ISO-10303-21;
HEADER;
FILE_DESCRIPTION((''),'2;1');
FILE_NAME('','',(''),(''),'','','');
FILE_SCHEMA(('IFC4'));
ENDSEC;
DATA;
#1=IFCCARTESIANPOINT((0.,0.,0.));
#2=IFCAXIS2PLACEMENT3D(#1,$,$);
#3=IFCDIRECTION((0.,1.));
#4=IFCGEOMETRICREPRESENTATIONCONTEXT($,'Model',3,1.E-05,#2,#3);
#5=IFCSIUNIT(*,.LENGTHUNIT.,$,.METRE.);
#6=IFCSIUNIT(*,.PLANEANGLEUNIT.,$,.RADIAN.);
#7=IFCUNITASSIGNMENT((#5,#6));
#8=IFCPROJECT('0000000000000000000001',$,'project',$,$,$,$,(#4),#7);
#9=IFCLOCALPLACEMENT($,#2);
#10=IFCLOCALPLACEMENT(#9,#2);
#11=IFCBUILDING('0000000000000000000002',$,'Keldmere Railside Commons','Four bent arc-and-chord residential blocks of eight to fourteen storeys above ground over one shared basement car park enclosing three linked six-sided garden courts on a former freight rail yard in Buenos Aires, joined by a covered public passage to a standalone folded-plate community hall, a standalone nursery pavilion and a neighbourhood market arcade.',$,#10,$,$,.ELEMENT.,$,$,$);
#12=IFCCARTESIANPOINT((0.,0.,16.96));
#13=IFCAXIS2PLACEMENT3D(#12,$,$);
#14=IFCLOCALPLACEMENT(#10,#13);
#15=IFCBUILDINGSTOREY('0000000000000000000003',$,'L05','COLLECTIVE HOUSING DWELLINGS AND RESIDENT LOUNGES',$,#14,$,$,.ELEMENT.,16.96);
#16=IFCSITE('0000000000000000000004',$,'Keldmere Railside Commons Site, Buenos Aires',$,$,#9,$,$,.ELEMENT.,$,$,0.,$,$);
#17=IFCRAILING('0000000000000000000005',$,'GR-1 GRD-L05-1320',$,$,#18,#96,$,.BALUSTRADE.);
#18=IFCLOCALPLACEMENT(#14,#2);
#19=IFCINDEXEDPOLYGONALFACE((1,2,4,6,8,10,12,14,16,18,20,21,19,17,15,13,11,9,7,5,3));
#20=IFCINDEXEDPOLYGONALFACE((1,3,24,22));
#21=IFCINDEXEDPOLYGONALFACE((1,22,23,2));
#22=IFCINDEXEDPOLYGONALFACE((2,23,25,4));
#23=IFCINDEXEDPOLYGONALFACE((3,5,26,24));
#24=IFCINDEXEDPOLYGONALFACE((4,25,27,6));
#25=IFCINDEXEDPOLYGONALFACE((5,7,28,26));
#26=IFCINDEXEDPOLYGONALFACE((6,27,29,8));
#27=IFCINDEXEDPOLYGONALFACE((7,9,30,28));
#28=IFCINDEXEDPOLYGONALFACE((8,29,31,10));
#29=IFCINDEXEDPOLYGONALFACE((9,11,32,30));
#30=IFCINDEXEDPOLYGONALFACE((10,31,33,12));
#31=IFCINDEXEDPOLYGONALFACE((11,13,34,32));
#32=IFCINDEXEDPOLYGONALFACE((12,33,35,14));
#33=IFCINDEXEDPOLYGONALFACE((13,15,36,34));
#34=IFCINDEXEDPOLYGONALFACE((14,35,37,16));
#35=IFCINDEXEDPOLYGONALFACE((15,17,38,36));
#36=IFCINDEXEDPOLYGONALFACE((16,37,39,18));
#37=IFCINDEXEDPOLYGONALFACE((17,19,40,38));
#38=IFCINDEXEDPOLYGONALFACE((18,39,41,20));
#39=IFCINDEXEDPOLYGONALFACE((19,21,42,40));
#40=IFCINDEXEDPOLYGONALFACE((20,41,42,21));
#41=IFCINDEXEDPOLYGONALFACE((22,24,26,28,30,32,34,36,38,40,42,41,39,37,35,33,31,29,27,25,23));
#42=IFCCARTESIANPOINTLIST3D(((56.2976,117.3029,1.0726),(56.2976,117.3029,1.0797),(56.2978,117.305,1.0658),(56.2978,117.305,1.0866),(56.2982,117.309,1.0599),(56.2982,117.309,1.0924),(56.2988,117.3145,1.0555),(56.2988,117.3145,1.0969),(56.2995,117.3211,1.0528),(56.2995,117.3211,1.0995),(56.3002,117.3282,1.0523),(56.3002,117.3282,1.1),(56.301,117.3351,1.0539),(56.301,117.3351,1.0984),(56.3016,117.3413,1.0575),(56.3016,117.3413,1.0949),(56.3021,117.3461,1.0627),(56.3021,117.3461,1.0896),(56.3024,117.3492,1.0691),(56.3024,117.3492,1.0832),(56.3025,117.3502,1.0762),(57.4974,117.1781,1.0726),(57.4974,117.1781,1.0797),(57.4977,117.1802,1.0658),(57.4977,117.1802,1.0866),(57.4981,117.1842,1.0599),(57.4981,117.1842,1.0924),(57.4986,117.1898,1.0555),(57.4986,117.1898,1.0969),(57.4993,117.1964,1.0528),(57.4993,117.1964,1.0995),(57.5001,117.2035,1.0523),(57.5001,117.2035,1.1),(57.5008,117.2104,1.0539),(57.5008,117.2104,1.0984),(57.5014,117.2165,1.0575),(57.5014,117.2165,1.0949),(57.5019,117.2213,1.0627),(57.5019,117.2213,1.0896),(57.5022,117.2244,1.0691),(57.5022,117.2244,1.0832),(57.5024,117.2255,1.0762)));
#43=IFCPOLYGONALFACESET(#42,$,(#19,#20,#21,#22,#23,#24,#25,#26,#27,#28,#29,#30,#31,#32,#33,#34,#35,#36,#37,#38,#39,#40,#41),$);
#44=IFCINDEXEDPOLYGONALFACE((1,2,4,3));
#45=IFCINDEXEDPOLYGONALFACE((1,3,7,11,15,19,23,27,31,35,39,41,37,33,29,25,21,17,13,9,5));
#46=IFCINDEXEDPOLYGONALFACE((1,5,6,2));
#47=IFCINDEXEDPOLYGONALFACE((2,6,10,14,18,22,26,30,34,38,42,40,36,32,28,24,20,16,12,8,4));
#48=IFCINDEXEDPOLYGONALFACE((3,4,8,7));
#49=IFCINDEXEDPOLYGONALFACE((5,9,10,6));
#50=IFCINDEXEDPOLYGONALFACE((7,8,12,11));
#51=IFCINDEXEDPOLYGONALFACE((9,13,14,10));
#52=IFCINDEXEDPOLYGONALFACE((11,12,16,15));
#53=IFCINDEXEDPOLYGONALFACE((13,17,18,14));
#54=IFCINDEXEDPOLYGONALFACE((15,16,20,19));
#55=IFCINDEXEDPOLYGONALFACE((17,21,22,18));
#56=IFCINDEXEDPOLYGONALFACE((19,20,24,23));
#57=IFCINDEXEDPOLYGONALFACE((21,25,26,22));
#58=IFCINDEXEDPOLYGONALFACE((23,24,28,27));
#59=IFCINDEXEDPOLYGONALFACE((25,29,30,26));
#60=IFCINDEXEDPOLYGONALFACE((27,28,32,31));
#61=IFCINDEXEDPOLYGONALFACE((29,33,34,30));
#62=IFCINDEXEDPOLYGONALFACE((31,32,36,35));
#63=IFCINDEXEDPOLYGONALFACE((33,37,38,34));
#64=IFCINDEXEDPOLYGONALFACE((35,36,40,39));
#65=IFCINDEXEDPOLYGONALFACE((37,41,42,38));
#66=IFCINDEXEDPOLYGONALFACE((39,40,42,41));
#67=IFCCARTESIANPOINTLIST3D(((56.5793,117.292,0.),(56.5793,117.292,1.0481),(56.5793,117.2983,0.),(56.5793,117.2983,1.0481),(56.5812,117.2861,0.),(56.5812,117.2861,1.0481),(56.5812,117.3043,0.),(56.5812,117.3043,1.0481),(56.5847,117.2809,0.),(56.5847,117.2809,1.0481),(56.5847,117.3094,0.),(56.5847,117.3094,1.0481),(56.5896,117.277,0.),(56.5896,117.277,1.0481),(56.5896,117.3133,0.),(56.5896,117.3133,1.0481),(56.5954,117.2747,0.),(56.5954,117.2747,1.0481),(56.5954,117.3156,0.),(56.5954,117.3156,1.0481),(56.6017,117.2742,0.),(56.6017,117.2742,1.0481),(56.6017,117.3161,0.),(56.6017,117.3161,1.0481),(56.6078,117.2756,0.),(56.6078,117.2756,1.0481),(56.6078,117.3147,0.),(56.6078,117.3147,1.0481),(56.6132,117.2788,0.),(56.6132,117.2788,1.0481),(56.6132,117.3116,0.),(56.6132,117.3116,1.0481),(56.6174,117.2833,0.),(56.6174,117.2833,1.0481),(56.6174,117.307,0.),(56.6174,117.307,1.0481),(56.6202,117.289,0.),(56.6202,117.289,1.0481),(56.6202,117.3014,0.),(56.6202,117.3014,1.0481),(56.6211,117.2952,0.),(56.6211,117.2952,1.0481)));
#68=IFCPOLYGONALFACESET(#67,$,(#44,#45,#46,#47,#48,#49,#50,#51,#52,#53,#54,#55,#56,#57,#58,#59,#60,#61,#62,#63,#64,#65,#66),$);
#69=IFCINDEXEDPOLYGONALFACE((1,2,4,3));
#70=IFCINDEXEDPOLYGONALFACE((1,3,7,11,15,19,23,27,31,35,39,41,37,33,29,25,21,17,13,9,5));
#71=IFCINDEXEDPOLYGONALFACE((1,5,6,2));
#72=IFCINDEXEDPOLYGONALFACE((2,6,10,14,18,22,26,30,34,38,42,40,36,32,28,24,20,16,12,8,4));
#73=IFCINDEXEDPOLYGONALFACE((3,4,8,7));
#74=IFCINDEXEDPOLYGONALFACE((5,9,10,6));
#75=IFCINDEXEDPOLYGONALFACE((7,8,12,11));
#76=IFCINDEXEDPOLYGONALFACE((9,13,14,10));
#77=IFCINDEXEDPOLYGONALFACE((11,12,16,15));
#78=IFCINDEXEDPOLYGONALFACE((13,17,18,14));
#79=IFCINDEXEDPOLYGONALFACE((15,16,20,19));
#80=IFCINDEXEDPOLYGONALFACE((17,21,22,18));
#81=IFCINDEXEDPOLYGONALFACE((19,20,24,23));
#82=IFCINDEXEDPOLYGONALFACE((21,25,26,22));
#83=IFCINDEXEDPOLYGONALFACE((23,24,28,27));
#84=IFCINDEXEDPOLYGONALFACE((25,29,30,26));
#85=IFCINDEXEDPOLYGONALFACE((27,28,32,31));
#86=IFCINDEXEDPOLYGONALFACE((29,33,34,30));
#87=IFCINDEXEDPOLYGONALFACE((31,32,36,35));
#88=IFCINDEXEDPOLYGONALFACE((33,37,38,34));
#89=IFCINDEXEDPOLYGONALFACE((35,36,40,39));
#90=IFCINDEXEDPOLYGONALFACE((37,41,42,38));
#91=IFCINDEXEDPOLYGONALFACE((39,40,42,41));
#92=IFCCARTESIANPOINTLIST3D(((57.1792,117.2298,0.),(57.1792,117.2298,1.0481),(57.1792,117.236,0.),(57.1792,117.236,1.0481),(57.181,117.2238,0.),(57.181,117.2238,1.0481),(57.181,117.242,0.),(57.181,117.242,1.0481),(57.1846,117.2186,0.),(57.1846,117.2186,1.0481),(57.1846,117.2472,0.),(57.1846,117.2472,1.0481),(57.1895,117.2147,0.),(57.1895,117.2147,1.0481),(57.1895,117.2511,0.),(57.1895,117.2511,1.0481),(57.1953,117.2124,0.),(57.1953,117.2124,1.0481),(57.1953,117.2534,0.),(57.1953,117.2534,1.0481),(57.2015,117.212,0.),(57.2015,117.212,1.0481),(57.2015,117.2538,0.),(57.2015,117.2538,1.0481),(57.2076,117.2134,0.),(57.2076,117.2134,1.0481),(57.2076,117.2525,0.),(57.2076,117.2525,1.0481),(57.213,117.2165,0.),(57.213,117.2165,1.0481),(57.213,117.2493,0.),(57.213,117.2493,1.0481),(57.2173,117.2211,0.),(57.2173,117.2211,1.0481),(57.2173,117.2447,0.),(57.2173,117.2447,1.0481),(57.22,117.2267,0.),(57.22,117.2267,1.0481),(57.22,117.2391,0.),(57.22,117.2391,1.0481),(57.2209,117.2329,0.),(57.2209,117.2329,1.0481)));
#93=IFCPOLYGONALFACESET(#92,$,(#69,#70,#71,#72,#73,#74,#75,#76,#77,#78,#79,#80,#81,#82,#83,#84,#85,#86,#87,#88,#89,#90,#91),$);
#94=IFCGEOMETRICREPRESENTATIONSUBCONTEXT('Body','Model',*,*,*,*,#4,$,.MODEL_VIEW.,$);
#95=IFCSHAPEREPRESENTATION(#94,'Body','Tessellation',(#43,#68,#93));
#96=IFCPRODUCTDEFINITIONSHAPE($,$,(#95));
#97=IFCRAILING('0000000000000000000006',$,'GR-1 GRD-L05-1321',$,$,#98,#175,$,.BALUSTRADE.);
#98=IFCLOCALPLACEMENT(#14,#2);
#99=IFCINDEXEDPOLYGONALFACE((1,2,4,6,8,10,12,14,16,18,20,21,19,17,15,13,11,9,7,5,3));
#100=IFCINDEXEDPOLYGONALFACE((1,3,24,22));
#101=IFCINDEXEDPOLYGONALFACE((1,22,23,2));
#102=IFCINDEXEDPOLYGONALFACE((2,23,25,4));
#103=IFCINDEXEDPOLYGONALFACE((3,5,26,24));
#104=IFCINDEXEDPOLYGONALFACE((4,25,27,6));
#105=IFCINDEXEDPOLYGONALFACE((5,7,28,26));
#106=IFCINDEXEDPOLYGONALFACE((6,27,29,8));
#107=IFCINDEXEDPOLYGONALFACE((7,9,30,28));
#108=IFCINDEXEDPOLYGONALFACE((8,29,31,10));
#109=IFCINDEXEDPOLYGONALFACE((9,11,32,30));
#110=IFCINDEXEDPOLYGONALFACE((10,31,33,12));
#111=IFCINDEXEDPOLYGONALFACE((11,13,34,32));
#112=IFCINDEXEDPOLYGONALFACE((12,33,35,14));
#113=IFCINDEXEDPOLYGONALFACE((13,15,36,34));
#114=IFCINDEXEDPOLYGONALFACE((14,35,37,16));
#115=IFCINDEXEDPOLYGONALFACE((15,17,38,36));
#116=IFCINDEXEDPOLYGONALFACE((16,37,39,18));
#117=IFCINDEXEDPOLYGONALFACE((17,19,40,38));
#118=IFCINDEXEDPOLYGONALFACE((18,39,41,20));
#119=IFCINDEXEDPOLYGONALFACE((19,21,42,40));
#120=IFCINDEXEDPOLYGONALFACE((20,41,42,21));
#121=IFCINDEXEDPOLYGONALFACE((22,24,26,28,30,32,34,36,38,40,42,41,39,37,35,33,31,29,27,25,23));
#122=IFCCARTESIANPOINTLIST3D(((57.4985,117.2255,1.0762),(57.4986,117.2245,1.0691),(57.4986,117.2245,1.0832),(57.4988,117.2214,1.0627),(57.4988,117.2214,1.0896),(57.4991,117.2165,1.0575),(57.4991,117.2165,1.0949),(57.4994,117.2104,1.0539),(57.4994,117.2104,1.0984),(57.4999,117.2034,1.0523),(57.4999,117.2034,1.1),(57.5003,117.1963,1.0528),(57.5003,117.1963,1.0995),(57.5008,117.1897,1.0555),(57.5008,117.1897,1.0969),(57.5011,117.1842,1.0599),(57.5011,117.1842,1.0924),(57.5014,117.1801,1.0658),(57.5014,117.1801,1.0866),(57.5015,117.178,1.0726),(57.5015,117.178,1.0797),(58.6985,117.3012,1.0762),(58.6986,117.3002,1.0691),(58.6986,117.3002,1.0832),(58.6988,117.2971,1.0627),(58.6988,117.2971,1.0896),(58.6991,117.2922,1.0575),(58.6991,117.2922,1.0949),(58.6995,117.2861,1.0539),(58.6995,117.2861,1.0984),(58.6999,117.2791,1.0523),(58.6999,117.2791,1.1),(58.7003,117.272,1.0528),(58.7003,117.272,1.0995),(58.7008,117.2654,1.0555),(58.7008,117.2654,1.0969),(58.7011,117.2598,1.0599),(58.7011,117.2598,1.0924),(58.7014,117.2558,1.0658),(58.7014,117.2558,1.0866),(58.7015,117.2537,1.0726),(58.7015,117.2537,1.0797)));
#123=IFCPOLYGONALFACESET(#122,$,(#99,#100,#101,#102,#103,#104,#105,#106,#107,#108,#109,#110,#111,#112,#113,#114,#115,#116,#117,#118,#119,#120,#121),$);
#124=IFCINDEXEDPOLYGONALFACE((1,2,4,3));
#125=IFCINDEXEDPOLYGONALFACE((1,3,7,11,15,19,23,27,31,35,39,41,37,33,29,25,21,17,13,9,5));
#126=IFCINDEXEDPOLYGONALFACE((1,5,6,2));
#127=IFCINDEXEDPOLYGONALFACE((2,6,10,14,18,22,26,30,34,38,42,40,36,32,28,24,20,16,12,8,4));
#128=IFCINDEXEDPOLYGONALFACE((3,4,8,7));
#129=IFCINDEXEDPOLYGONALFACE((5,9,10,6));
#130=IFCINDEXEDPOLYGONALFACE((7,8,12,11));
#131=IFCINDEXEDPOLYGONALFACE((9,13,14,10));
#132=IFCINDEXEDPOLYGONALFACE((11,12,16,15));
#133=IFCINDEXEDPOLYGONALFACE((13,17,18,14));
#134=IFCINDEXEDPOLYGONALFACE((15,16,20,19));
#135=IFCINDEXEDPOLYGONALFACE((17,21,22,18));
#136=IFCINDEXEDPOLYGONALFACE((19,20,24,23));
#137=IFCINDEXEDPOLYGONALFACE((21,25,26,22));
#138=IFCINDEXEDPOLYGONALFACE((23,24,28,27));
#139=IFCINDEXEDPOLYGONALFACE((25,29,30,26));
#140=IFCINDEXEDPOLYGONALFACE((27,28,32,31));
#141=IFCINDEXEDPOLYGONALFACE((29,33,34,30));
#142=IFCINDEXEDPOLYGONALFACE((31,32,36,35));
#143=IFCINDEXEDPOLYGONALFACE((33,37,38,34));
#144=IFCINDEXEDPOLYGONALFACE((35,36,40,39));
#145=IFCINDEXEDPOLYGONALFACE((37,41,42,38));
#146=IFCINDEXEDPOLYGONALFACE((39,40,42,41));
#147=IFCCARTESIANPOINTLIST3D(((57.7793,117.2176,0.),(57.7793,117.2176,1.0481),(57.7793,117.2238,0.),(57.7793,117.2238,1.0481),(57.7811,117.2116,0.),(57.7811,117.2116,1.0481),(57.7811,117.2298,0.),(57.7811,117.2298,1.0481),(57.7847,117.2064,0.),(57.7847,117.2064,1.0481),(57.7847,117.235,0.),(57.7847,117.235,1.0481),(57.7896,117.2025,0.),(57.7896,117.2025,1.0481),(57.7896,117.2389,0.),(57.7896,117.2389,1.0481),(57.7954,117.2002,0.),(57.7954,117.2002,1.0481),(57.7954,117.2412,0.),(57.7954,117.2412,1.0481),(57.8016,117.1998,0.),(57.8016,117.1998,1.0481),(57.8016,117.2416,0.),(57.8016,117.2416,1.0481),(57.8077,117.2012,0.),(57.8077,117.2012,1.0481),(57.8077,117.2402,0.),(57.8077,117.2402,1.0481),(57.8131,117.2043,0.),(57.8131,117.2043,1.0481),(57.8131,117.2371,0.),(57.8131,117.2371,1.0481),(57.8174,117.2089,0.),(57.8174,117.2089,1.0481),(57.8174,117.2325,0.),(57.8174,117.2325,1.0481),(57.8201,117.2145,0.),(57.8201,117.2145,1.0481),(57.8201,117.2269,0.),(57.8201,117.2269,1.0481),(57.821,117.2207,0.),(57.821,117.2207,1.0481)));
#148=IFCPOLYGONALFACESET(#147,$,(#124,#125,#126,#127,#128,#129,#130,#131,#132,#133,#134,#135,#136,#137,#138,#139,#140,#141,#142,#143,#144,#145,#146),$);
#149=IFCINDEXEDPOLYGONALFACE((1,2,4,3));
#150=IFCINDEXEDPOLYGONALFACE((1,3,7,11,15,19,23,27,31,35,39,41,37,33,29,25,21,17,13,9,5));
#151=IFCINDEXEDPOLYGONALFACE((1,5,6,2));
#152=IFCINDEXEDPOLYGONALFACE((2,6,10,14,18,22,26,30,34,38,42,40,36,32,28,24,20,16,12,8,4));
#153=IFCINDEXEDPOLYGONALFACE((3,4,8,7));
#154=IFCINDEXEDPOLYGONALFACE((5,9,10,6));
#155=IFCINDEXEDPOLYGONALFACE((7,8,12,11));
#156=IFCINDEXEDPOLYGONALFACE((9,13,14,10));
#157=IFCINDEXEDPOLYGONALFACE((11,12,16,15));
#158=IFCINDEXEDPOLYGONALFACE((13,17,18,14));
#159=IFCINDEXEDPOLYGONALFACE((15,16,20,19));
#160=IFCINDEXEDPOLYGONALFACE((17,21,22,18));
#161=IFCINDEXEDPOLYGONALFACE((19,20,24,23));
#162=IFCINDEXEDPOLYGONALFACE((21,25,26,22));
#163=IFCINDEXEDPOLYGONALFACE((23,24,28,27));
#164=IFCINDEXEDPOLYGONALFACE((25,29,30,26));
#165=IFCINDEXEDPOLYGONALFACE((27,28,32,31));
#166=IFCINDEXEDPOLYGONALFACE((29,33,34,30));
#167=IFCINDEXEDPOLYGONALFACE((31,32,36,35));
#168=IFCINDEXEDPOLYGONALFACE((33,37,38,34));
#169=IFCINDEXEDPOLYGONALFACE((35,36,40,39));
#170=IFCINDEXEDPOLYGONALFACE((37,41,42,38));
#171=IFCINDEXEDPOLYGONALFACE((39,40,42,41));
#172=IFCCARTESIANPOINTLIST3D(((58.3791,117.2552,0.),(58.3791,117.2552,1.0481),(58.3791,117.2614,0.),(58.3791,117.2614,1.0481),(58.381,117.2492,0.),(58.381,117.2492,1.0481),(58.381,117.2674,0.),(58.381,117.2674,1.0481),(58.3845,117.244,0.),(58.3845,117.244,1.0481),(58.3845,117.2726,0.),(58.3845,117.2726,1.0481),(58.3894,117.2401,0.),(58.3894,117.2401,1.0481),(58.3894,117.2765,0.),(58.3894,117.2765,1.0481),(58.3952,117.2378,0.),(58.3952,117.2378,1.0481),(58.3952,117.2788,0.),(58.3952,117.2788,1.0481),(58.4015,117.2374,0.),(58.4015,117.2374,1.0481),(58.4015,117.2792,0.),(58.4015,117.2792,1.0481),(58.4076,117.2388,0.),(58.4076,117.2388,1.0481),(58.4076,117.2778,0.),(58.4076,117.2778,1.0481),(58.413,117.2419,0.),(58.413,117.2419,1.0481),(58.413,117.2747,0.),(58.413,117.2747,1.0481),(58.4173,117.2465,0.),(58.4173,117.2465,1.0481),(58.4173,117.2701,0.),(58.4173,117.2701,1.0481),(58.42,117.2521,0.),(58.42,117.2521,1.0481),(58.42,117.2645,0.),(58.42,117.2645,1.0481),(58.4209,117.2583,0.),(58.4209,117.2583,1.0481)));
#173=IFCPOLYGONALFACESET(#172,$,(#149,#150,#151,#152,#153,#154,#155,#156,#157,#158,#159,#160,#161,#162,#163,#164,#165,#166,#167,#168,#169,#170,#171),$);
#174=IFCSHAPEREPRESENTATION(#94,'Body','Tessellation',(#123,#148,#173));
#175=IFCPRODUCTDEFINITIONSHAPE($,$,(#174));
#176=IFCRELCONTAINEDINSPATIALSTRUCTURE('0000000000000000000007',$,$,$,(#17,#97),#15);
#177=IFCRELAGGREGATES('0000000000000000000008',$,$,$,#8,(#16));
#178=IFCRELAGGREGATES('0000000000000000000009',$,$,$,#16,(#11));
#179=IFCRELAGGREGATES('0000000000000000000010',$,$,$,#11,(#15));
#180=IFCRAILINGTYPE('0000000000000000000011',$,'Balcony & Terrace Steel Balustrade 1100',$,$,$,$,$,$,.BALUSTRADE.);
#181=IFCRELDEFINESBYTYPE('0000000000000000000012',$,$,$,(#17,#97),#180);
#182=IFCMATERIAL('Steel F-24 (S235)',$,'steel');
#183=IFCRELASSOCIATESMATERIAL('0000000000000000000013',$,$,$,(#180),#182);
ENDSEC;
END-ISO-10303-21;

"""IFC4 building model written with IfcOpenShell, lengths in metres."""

from ifc_helpers import new_model, si_unit, direction, frame, origin, origin_2d, place, context, subcontext, project, spatial, circle, extrude, material, type_object, element, save


model = new_model("IFC4")

# Units and contexts
model_context = context("Model", 3, precision=1e-05, world=origin(), true_north=direction((0.0, 1.0)))
body_context = subcontext(model_context, "Body", "Model", "MODEL_VIEW")
ifc_project = project(units=[si_unit("LENGTHUNIT", "METRE"), si_unit("PLANEANGLEUNIT", "RADIAN")], contexts=[model_context])

# Site, building, storey
site_placement = place(None, origin())
site = spatial("IfcSite", under=ifc_project, at=site_placement, Name="Keldmere Railside Commons Site, Buenos Aires", CompositionType="ELEMENT", RefElevation=0.0)
building_placement = place(site_placement, origin())
building = spatial("IfcBuilding", under=site, at=building_placement, Name="Keldmere Railside Commons", Description="Four bent arc-and-chord residential blocks of eight to fourteen storeys above ground over one shared basement car park enclosing three linked six-sided garden courts on a former freight rail yard in Buenos Aires, joined by a covered public passage to a standalone folded-plate community hall, a standalone nursery pavilion and a neighbourhood market arcade.", CompositionType="ELEMENT")
storey_placement = place(building_placement, frame((0.0, 0.0, 16.96)))
storey = spatial("IfcBuildingStorey", under=building, at=storey_placement, Name="L05", Description="COLLECTIVE HOUSING DWELLINGS AND RESIDENT LOUNGES", CompositionType="ELEMENT", Elevation=16.96)

# Shared definitions
ifc_material_1 = material(Name="Steel F-24 (S235)", Category="steel")

# Railings
railing_type = type_object("IfcRailingType", Name="Balcony & Terrace Steel Balustrade 1100", PredefinedType="BALUSTRADE", material=ifc_material_1)
railing_1_placement = place(storey_placement, frame((56.3, 117.3264, 0.0)))
element("IfcRailing", 1, at=railing_1_placement, inside=storey, type_object=railing_type, Name="GR-1 GRD-L05-1320", PredefinedType="BALUSTRADE", context=body_context, shape_type="SweptSolid", body=[
    extrude(circle(Radius=0.0239, at=origin_2d()), frame((0.0, 0.0, 1.0762), z_axis=(0.994639, -0.10341, 0.0), x_axis=(0.10341, 0.994639, 0.0)), (0.0, 0.0, 1.0), 1.2063),
    extrude(circle(Radius=0.021, at=origin_2d()), frame((0.3, -0.0312, 0.0)), (0.0, 0.0, 1.0), 1.0481),
    extrude(circle(Radius=0.021, at=origin_2d()), frame((0.8999, -0.0935, 0.0)), (0.0, 0.0, 1.0), 1.0481),
])
railing_2_placement = place(storey_placement, frame((57.5, 117.2017, 0.0)))
element("IfcRailing", 2, at=railing_2_placement, inside=storey, type_object=railing_type, Name="GR-1 GRD-L05-1321", PredefinedType="BALUSTRADE", context=body_context, shape_type="SweptSolid", body=[
    extrude(circle(Radius=0.0239, at=origin_2d()), frame((0.0, 0.0, 1.0762), z_axis=(0.998017, 0.062947, 0.0), x_axis=(-0.062947, 0.998017, 0.0)), (0.0, 0.0, 1.0), 1.2024),
    extrude(circle(Radius=0.021, at=origin_2d()), frame((0.3, 0.019, 0.0)), (0.0, 0.0, 1.0), 1.0481),
    extrude(circle(Radius=0.021, at=origin_2d()), frame((0.8999, 0.0566, 0.0)), (0.0, 0.0, 1.0), 1.0481),
])

save(model, "model.ifc")
